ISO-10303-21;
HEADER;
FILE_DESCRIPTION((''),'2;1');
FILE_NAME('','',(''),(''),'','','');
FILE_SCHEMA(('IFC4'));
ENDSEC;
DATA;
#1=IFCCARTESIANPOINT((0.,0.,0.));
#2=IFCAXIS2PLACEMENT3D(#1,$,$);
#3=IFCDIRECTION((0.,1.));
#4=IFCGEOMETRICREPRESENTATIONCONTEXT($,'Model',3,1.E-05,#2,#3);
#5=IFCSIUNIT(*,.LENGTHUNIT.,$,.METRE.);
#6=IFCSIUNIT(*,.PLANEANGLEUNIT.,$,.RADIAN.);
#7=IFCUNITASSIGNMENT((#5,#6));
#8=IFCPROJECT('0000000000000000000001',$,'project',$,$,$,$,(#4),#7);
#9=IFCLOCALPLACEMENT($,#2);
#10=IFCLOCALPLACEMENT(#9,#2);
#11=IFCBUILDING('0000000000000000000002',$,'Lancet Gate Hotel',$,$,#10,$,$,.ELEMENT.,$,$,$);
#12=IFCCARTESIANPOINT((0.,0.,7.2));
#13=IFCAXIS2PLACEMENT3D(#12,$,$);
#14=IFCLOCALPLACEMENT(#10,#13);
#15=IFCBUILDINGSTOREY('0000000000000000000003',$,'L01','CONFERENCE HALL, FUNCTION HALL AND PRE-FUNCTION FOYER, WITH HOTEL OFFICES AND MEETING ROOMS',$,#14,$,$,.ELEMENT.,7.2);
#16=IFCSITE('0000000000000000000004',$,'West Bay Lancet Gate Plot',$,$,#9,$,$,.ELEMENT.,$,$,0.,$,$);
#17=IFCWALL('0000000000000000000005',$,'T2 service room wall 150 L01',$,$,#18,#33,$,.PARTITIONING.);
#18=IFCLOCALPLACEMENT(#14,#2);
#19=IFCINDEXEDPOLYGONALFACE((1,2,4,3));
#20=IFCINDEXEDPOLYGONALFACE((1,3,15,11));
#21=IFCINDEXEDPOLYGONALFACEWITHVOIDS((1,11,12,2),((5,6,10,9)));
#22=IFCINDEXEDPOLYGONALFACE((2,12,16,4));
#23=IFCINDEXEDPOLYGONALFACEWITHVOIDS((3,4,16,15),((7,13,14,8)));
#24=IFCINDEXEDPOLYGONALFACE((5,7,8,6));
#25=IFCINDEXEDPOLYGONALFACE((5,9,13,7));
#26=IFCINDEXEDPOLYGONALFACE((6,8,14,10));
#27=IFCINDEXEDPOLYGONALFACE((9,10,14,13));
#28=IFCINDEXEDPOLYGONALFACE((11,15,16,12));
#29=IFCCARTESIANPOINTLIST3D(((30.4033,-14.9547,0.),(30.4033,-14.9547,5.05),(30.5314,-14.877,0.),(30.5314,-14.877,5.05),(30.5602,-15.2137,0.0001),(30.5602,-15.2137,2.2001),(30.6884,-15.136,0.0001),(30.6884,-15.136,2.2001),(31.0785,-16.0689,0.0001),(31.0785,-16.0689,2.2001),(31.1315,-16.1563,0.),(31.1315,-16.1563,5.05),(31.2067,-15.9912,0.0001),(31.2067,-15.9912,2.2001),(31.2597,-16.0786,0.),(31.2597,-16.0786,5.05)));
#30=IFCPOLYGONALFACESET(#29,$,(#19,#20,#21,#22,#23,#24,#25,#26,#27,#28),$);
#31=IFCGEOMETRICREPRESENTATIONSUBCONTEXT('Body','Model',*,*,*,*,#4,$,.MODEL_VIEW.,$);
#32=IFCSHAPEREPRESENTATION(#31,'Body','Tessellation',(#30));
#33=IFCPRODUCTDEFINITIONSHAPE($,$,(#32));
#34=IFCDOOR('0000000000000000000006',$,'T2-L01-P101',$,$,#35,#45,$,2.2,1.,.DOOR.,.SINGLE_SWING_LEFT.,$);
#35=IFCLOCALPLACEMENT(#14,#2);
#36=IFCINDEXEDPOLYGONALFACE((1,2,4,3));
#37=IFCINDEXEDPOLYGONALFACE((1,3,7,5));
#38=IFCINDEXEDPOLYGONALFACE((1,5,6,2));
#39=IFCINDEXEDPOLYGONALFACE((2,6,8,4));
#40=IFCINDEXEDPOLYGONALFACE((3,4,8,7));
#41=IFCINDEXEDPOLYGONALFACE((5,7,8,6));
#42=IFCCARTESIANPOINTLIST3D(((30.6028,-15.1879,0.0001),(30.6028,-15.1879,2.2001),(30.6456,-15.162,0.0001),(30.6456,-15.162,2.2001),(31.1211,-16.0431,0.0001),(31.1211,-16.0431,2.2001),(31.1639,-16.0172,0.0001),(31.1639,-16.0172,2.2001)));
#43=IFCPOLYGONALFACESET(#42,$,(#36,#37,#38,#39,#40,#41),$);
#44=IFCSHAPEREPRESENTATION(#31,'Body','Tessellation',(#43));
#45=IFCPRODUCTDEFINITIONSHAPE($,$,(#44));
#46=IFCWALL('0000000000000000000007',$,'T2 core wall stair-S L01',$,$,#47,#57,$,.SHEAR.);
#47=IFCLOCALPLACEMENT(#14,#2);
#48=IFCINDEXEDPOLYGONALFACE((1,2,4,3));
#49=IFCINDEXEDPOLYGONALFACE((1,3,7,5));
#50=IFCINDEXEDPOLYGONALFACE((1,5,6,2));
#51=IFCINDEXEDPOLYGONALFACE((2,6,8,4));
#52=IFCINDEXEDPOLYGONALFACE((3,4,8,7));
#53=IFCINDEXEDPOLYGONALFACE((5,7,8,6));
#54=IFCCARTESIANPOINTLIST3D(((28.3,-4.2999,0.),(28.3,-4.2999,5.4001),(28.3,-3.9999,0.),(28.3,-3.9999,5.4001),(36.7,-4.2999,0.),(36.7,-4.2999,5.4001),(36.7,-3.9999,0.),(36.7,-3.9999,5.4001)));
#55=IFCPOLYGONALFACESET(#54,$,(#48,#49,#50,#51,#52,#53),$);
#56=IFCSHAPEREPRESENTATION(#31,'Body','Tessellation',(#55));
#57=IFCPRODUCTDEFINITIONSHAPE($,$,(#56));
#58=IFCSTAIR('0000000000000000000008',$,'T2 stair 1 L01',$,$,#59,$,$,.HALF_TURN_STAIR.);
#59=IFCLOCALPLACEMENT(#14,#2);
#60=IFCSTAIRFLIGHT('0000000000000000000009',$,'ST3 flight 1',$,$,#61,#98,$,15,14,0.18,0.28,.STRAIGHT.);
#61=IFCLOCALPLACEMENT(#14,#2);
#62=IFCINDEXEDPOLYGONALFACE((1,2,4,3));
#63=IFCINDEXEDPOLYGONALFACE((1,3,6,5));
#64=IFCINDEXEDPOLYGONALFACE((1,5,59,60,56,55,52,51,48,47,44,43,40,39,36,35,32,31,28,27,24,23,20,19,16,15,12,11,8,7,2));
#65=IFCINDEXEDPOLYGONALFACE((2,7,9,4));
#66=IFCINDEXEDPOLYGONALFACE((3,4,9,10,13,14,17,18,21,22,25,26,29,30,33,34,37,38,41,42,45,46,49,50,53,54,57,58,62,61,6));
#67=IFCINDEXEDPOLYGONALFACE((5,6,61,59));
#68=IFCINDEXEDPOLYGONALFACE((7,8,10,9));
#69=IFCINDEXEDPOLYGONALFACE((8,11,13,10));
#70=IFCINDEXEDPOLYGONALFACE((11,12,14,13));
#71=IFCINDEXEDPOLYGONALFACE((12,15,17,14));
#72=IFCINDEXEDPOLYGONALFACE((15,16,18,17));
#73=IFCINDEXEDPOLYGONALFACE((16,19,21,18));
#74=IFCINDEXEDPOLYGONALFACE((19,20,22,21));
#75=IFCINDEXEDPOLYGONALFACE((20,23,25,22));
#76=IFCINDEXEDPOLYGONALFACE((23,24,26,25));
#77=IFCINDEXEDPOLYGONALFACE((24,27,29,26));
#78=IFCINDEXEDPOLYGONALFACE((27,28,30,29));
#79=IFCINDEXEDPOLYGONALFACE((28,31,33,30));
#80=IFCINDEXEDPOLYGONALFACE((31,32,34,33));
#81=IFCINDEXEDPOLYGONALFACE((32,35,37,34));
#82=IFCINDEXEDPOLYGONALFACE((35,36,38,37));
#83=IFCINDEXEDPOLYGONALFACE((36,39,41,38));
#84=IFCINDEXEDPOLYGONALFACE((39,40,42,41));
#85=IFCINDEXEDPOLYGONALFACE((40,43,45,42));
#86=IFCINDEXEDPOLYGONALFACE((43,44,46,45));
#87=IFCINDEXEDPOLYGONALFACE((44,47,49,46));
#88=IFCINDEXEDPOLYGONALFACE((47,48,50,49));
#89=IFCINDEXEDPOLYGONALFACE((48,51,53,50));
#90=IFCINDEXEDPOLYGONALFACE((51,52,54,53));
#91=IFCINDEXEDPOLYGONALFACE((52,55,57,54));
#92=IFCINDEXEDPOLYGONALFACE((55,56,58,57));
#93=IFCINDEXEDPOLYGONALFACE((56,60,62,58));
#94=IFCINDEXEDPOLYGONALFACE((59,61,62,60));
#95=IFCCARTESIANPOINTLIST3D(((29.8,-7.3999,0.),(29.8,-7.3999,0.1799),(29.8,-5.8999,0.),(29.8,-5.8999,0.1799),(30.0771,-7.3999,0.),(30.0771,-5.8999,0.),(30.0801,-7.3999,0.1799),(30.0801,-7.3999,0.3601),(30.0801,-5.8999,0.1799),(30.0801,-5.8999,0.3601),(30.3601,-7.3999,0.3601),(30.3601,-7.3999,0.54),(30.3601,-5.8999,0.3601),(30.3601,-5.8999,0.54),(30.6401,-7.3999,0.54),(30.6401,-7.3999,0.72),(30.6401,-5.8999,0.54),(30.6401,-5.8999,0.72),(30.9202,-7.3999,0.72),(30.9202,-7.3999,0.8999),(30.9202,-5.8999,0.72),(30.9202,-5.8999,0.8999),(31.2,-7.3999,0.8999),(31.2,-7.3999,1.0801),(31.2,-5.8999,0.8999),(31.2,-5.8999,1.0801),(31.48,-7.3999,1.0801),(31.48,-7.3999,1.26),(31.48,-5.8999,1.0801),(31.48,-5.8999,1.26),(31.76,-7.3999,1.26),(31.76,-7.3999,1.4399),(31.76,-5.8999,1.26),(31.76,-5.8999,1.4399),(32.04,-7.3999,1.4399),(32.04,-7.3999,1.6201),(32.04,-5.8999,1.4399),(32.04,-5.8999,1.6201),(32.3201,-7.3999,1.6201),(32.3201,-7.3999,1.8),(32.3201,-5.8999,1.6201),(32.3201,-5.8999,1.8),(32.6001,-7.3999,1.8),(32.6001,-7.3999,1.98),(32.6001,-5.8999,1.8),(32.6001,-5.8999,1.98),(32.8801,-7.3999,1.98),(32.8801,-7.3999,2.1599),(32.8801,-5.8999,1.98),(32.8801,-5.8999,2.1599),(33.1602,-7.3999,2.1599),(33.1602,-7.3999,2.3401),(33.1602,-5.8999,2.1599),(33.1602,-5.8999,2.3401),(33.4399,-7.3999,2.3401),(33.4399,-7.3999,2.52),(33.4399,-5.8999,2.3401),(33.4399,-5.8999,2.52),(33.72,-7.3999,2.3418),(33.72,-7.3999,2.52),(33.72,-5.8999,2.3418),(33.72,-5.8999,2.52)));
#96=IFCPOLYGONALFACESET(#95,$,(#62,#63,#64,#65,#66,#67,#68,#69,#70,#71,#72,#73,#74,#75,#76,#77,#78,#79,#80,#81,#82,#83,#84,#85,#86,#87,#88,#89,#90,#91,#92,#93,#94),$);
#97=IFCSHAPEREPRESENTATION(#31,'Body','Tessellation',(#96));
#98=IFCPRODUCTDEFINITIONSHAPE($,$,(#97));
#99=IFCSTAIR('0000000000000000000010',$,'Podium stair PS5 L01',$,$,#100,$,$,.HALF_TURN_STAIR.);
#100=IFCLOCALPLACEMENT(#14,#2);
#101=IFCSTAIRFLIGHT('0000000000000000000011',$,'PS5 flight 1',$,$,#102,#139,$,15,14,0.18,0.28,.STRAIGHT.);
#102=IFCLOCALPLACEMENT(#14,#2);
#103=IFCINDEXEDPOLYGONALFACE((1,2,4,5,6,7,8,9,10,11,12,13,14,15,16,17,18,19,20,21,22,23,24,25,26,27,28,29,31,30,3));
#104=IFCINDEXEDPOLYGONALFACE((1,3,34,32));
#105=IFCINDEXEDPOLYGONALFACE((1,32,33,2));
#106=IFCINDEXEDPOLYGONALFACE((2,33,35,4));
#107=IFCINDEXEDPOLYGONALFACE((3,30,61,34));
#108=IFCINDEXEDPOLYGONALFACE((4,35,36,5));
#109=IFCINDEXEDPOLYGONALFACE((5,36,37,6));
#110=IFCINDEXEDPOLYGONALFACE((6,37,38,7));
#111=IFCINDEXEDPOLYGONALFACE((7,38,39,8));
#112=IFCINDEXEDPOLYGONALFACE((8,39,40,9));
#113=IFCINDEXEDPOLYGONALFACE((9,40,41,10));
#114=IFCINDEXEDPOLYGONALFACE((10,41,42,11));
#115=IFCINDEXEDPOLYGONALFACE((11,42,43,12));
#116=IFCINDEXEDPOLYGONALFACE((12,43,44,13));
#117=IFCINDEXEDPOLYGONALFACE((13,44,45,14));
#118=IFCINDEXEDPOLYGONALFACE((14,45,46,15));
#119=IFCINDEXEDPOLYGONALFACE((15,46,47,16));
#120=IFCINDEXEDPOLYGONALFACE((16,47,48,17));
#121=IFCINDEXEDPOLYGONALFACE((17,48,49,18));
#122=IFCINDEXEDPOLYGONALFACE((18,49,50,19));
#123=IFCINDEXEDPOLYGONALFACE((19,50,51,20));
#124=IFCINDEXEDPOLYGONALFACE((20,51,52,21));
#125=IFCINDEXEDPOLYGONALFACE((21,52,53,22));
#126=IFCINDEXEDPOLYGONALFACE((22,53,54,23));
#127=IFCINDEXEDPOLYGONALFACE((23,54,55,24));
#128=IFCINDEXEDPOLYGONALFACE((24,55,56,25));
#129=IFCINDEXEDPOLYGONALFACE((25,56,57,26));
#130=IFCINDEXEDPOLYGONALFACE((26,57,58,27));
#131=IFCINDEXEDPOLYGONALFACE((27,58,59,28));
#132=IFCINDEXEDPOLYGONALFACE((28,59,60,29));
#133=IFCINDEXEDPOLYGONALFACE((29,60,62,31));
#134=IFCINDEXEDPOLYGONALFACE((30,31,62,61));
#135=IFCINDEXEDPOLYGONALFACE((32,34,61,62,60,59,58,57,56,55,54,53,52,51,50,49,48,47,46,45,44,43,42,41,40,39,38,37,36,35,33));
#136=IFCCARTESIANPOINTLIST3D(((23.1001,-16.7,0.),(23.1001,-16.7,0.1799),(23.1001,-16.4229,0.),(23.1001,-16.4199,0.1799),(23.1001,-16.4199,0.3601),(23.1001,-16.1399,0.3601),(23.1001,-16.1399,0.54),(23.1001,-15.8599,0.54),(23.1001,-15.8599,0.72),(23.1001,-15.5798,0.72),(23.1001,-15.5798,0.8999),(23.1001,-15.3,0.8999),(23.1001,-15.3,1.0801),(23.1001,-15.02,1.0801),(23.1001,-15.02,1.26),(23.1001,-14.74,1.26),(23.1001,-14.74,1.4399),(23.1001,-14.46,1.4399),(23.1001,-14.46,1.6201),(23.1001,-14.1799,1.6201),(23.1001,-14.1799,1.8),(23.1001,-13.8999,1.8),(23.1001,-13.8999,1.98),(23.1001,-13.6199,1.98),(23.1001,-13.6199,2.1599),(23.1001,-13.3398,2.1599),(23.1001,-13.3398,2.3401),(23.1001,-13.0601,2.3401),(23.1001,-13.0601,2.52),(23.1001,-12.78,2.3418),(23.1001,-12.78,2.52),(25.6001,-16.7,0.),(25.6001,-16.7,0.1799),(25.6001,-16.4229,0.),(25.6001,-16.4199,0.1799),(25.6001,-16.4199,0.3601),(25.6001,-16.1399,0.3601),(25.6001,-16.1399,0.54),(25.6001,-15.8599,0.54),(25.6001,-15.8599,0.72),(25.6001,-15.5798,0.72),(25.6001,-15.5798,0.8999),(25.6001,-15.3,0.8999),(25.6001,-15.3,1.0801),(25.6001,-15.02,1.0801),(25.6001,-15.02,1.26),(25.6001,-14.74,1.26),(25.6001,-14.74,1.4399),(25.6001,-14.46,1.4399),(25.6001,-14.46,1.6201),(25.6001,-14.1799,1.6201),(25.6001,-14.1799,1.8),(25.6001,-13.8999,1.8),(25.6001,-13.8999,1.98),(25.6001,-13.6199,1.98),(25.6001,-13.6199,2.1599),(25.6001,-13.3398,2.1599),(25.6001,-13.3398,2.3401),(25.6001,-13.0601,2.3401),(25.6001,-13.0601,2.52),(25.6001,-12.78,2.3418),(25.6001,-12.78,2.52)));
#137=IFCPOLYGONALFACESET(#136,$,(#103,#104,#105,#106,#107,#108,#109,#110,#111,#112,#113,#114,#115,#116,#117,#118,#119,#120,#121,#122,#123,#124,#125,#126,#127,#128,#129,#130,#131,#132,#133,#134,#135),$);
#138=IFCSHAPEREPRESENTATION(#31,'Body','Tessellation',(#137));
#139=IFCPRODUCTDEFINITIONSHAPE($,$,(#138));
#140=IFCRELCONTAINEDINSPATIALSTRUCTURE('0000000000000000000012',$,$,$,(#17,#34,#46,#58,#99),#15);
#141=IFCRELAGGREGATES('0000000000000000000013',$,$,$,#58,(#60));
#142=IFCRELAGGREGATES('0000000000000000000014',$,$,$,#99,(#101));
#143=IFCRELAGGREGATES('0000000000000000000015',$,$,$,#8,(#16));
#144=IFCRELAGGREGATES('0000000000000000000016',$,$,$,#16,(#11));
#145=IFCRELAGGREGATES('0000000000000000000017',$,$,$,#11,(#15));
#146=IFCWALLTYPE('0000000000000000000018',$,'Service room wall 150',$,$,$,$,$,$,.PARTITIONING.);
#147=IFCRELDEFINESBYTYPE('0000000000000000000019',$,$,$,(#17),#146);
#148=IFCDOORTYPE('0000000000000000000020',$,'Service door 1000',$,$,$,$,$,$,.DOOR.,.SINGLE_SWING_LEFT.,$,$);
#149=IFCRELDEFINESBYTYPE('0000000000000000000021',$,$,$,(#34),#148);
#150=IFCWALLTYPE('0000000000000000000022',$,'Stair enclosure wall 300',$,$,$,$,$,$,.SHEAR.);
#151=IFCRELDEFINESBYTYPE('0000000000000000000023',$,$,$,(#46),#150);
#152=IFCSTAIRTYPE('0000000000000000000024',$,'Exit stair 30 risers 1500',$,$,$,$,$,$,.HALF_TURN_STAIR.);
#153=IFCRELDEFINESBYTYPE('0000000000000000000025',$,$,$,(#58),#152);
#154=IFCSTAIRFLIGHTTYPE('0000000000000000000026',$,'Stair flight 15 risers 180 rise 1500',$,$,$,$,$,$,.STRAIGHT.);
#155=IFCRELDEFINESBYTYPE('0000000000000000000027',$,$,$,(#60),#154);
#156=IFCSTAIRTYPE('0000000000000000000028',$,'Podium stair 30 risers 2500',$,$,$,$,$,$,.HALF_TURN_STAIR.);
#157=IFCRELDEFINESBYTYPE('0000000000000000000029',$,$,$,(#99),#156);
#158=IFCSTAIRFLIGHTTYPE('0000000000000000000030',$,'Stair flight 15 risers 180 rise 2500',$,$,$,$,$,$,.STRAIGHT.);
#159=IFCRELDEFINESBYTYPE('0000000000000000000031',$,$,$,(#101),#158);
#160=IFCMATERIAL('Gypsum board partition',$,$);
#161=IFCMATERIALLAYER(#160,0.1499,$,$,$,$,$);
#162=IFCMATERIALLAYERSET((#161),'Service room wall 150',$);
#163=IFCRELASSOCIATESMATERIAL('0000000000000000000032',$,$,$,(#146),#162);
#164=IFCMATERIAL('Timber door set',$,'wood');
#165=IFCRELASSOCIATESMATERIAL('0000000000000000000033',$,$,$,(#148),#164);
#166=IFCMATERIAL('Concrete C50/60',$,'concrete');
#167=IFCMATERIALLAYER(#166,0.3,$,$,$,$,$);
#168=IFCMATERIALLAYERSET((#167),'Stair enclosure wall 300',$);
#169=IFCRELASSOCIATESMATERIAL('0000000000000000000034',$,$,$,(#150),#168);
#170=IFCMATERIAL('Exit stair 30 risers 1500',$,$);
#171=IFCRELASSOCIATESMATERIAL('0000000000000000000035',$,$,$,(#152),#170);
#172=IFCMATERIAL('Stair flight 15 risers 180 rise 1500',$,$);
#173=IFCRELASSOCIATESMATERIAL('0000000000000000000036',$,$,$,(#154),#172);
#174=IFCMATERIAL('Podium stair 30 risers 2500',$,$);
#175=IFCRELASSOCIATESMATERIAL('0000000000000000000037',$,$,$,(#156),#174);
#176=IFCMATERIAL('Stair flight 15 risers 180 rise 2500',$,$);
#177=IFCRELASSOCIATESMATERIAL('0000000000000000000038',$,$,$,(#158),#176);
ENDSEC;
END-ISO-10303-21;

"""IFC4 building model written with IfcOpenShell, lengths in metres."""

from ifc_helpers import new_model, si_unit, direction, frame, frame_2d, origin, place, context, subcontext, project, spatial, polyline, rectangle, outline, extrude, material, layer, layer_set, type_object, element, fill, aggregate, save


model = new_model("IFC4")

# Units and contexts
model_context = context("Model", 3, precision=1e-05, world=origin(), true_north=direction((0.0, 1.0)))
body_context = subcontext(model_context, "Body", "Model", "MODEL_VIEW")
ifc_project = project(units=[si_unit("LENGTHUNIT", "METRE"), si_unit("PLANEANGLEUNIT", "RADIAN")], contexts=[model_context])

# Site, building, storey
site_placement = place(None, origin())
site = spatial("IfcSite", under=ifc_project, at=site_placement, Name="West Bay Lancet Gate Plot", CompositionType="ELEMENT", RefElevation=0.0)
building_placement = place(site_placement, origin())
building = spatial("IfcBuilding", under=site, at=building_placement, Name="Lancet Gate Hotel", CompositionType="ELEMENT")
storey_placement = place(building_placement, frame((0.0, 0.0, 7.2)))
storey = spatial("IfcBuildingStorey", under=building, at=storey_placement, Name="L01", Description="CONFERENCE HALL, FUNCTION HALL AND PRE-FUNCTION FOYER, WITH HOTEL OFFICES AND MEETING ROOMS", CompositionType="ELEMENT", Elevation=7.2)

# Wall, opening, door
ifc_material_1 = material(Name="Gypsum board partition")
ifc_layer_1 = layer(ifc_material_1, 0.1499)
ifc_layer_set_1 = layer_set([ifc_layer_1], Name="Service room wall 150")
wall_type_1 = type_object("IfcWallType", Name="Service room wall 150", PredefinedType="PARTITIONING", material=ifc_layer_set_1)
wall_1_placement = place(storey_placement, frame((30.4673, -14.9158, 0.0), z_axis=(0.0, 0.0, 1.0), x_axis=(0.518298, -0.8552, 0.0)))
wall_1 = element("IfcWall", 1, at=wall_1_placement, inside=storey, type_object=wall_type_1, Name="T2 service room wall 150 L01", PredefinedType="PARTITIONING", context=body_context, shape_type="SweptSolid", body=[
    extrude(rectangle(XDim=1.405, YDim=0.1499, at=frame_2d((0.7026, 0.0))), origin(), (0.0, 0.0, 1.0), 5.05),
])
opening_1_placement = place(wall_1_placement, frame((0.303, 0.0, 0.0)))
opening_1 = element("IfcOpeningElement", 2, at=opening_1_placement, cuts=wall_1, PredefinedType="OPENING", context=body_context, shape_type="SweptSolid", body=[
    extrude(rectangle(XDim=1.0, YDim=2.2, at=frame_2d((0.5, 1.1001))), frame((0.0, 0.085, 0.0), z_axis=(0.0, -1.0, 0.0), x_axis=(1.0, 0.0, 0.0)), (0.0, 0.0, 1.0), 0.1699),
])
ifc_material_2 = material(Name="Timber door set", Category="wood")
door_type_1 = type_object("IfcDoorType", Name="Service door 1000", OperationType="SINGLE_SWING_LEFT", PredefinedType="DOOR", material=ifc_material_2)
door_1_placement = place(opening_1_placement, origin())
door_1 = element("IfcDoor", 3, at=door_1_placement, inside=storey, type_object=door_type_1, Name="T2-L01-P101", OperationType="SINGLE_SWING_LEFT", OverallHeight=2.2, OverallWidth=1.0, PredefinedType="DOOR", context=body_context, shape_type="SweptSolid", body=[
    extrude(rectangle(XDim=1.0, YDim=2.2, at=frame_2d((0.5, 1.1001))), frame((0.0, 0.0249, 0.0), z_axis=(0.0, -1.0, 0.0), x_axis=(1.0, 0.0, 0.0)), (0.0, 0.0, 1.0), 0.05),
])
fill(opening_1, door_1)

# Wall
ifc_material_3 = material(Name="Concrete C50/60", Category="concrete")
ifc_layer_2 = layer(ifc_material_3, 0.3)
ifc_layer_set_2 = layer_set([ifc_layer_2], Name="Stair enclosure wall 300")
wall_type_2 = type_object("IfcWallType", Name="Stair enclosure wall 300", PredefinedType="SHEAR", material=ifc_layer_set_2)
wall_2_placement = place(storey_placement, frame((28.3, -4.1499, 0.0), z_axis=(0.0, 0.0, 1.0), x_axis=(1.0, 0.0, 0.0)))
element("IfcWall", 4, at=wall_2_placement, inside=storey, type_object=wall_type_2, Name="T2 core wall stair-S L01", PredefinedType="SHEAR", context=body_context, shape_type="SweptSolid", body=[
    extrude(rectangle(XDim=8.3999, YDim=0.3, at=frame_2d((4.2, 0.0))), origin(), (0.0, 0.0, 1.0), 5.4001),
])

# Stairs, stair flights
ifc_material_4 = material(Name="Exit stair 30 risers 1500")
stair_type_1 = type_object("IfcStairType", Name="Exit stair 30 risers 1500", PredefinedType="HALF_TURN_STAIR", material=ifc_material_4)
stair_1_placement = place(storey_placement, origin())
stair_1 = element("IfcStair", 5, at=stair_1_placement, inside=storey, type_object=stair_type_1, Name="T2 stair 1 L01", PredefinedType="HALF_TURN_STAIR")
ifc_material_5 = material(Name="Stair flight 15 risers 180 rise 1500")
stair_flight_type_1 = type_object("IfcStairFlightType", Name="Stair flight 15 risers 180 rise 1500", PredefinedType="STRAIGHT", material=ifc_material_5)
stair_flight_1_placement = place(storey_placement, frame((29.8, -6.6499, 0.0), z_axis=(0.0, 0.0, 1.0), x_axis=(1.0, 0.0, 0.0)))
stair_flight_1 = element("IfcStairFlight", 6, at=stair_flight_1_placement, type_object=stair_flight_type_1, Name="ST3 flight 1", NumberOfRisers=15, NumberOfTreads=14, PredefinedType="STRAIGHT", RiserHeight=0.18, TreadLength=0.28, context=body_context, shape_type="SweptSolid", body=[
    extrude(outline(polyline([(0.0, 0.0), (0.0, 0.1799), (0.28, 0.1799), (0.28, 0.3601), (0.5601, 0.3601), (0.5601, 0.54), (0.8401, 0.54), (0.8401, 0.72), (1.1201, 0.72), (1.1201, 0.8999), (1.3999, 0.8999), (1.3999, 1.0801), (1.6799, 1.0801), (1.6799, 1.26), (1.96, 1.26), (1.96, 1.4399), (2.24, 1.4399), (2.24, 1.6201), (2.52, 1.6201), (2.52, 1.8), (2.8, 1.8), (2.8, 1.98), (3.0801, 1.98), (3.0801, 2.1599), (3.3601, 2.1599), (3.3601, 2.3401), (3.6399, 2.3401), (3.6399, 2.52), (3.9199, 2.52), (3.9199, 2.7), (3.9199, 2.3418), (0.2771, 0.0), (0.0, 0.0)])), frame((0.0, 0.75, 0.0), z_axis=(0.0, -1.0, 0.0), x_axis=(1.0, 0.0, 0.0)), (0.0, 0.0, 1.0), 1.5),
])
aggregate(stair_1, [stair_flight_1])
ifc_material_6 = material(Name="Podium stair 30 risers 2500")
stair_type_2 = type_object("IfcStairType", Name="Podium stair 30 risers 2500", PredefinedType="HALF_TURN_STAIR", material=ifc_material_6)
stair_2_placement = place(storey_placement, origin())
stair_2 = element("IfcStair", 7, at=stair_2_placement, inside=storey, type_object=stair_type_2, Name="Podium stair PS5 L01", PredefinedType="HALF_TURN_STAIR")
ifc_material_7 = material(Name="Stair flight 15 risers 180 rise 2500")
stair_flight_type_2 = type_object("IfcStairFlightType", Name="Stair flight 15 risers 180 rise 2500", PredefinedType="STRAIGHT", material=ifc_material_7)
stair_flight_2_placement = place(storey_placement, frame((24.3501, -16.7, 0.0), z_axis=(0.0, 0.0, 1.0), x_axis=(0.0, 1.0, 0.0)))
stair_flight_2 = element("IfcStairFlight", 8, at=stair_flight_2_placement, type_object=stair_flight_type_2, Name="PS5 flight 1", NumberOfRisers=15, NumberOfTreads=14, PredefinedType="STRAIGHT", RiserHeight=0.18, TreadLength=0.28, context=body_context, shape_type="SweptSolid", body=[
    extrude(outline(polyline([(0.0, 0.0), (0.0, 0.1799), (0.28, 0.1799), (0.28, 0.3601), (0.5601, 0.3601), (0.5601, 0.54), (0.8401, 0.54), (0.8401, 0.72), (1.1201, 0.72), (1.1201, 0.8999), (1.3999, 0.8999), (1.3999, 1.0801), (1.6799, 1.0801), (1.6799, 1.26), (1.96, 1.26), (1.96, 1.4399), (2.24, 1.4399), (2.24, 1.6201), (2.52, 1.6201), (2.52, 1.8), (2.8, 1.8), (2.8, 1.98), (3.0801, 1.98), (3.0801, 2.1599), (3.3601, 2.1599), (3.3601, 2.3401), (3.6399, 2.3401), (3.6399, 2.52), (3.9199, 2.52), (3.9199, 2.7), (3.9199, 2.3418), (0.2771, 0.0), (0.0, 0.0)])), frame((0.0, 1.25, 0.0), z_axis=(0.0, -1.0, 0.0), x_axis=(1.0, 0.0, 0.0)), (0.0, 0.0, 1.0), 2.5),
])
aggregate(stair_2, [stair_flight_2])

save(model, "model.ifc")
